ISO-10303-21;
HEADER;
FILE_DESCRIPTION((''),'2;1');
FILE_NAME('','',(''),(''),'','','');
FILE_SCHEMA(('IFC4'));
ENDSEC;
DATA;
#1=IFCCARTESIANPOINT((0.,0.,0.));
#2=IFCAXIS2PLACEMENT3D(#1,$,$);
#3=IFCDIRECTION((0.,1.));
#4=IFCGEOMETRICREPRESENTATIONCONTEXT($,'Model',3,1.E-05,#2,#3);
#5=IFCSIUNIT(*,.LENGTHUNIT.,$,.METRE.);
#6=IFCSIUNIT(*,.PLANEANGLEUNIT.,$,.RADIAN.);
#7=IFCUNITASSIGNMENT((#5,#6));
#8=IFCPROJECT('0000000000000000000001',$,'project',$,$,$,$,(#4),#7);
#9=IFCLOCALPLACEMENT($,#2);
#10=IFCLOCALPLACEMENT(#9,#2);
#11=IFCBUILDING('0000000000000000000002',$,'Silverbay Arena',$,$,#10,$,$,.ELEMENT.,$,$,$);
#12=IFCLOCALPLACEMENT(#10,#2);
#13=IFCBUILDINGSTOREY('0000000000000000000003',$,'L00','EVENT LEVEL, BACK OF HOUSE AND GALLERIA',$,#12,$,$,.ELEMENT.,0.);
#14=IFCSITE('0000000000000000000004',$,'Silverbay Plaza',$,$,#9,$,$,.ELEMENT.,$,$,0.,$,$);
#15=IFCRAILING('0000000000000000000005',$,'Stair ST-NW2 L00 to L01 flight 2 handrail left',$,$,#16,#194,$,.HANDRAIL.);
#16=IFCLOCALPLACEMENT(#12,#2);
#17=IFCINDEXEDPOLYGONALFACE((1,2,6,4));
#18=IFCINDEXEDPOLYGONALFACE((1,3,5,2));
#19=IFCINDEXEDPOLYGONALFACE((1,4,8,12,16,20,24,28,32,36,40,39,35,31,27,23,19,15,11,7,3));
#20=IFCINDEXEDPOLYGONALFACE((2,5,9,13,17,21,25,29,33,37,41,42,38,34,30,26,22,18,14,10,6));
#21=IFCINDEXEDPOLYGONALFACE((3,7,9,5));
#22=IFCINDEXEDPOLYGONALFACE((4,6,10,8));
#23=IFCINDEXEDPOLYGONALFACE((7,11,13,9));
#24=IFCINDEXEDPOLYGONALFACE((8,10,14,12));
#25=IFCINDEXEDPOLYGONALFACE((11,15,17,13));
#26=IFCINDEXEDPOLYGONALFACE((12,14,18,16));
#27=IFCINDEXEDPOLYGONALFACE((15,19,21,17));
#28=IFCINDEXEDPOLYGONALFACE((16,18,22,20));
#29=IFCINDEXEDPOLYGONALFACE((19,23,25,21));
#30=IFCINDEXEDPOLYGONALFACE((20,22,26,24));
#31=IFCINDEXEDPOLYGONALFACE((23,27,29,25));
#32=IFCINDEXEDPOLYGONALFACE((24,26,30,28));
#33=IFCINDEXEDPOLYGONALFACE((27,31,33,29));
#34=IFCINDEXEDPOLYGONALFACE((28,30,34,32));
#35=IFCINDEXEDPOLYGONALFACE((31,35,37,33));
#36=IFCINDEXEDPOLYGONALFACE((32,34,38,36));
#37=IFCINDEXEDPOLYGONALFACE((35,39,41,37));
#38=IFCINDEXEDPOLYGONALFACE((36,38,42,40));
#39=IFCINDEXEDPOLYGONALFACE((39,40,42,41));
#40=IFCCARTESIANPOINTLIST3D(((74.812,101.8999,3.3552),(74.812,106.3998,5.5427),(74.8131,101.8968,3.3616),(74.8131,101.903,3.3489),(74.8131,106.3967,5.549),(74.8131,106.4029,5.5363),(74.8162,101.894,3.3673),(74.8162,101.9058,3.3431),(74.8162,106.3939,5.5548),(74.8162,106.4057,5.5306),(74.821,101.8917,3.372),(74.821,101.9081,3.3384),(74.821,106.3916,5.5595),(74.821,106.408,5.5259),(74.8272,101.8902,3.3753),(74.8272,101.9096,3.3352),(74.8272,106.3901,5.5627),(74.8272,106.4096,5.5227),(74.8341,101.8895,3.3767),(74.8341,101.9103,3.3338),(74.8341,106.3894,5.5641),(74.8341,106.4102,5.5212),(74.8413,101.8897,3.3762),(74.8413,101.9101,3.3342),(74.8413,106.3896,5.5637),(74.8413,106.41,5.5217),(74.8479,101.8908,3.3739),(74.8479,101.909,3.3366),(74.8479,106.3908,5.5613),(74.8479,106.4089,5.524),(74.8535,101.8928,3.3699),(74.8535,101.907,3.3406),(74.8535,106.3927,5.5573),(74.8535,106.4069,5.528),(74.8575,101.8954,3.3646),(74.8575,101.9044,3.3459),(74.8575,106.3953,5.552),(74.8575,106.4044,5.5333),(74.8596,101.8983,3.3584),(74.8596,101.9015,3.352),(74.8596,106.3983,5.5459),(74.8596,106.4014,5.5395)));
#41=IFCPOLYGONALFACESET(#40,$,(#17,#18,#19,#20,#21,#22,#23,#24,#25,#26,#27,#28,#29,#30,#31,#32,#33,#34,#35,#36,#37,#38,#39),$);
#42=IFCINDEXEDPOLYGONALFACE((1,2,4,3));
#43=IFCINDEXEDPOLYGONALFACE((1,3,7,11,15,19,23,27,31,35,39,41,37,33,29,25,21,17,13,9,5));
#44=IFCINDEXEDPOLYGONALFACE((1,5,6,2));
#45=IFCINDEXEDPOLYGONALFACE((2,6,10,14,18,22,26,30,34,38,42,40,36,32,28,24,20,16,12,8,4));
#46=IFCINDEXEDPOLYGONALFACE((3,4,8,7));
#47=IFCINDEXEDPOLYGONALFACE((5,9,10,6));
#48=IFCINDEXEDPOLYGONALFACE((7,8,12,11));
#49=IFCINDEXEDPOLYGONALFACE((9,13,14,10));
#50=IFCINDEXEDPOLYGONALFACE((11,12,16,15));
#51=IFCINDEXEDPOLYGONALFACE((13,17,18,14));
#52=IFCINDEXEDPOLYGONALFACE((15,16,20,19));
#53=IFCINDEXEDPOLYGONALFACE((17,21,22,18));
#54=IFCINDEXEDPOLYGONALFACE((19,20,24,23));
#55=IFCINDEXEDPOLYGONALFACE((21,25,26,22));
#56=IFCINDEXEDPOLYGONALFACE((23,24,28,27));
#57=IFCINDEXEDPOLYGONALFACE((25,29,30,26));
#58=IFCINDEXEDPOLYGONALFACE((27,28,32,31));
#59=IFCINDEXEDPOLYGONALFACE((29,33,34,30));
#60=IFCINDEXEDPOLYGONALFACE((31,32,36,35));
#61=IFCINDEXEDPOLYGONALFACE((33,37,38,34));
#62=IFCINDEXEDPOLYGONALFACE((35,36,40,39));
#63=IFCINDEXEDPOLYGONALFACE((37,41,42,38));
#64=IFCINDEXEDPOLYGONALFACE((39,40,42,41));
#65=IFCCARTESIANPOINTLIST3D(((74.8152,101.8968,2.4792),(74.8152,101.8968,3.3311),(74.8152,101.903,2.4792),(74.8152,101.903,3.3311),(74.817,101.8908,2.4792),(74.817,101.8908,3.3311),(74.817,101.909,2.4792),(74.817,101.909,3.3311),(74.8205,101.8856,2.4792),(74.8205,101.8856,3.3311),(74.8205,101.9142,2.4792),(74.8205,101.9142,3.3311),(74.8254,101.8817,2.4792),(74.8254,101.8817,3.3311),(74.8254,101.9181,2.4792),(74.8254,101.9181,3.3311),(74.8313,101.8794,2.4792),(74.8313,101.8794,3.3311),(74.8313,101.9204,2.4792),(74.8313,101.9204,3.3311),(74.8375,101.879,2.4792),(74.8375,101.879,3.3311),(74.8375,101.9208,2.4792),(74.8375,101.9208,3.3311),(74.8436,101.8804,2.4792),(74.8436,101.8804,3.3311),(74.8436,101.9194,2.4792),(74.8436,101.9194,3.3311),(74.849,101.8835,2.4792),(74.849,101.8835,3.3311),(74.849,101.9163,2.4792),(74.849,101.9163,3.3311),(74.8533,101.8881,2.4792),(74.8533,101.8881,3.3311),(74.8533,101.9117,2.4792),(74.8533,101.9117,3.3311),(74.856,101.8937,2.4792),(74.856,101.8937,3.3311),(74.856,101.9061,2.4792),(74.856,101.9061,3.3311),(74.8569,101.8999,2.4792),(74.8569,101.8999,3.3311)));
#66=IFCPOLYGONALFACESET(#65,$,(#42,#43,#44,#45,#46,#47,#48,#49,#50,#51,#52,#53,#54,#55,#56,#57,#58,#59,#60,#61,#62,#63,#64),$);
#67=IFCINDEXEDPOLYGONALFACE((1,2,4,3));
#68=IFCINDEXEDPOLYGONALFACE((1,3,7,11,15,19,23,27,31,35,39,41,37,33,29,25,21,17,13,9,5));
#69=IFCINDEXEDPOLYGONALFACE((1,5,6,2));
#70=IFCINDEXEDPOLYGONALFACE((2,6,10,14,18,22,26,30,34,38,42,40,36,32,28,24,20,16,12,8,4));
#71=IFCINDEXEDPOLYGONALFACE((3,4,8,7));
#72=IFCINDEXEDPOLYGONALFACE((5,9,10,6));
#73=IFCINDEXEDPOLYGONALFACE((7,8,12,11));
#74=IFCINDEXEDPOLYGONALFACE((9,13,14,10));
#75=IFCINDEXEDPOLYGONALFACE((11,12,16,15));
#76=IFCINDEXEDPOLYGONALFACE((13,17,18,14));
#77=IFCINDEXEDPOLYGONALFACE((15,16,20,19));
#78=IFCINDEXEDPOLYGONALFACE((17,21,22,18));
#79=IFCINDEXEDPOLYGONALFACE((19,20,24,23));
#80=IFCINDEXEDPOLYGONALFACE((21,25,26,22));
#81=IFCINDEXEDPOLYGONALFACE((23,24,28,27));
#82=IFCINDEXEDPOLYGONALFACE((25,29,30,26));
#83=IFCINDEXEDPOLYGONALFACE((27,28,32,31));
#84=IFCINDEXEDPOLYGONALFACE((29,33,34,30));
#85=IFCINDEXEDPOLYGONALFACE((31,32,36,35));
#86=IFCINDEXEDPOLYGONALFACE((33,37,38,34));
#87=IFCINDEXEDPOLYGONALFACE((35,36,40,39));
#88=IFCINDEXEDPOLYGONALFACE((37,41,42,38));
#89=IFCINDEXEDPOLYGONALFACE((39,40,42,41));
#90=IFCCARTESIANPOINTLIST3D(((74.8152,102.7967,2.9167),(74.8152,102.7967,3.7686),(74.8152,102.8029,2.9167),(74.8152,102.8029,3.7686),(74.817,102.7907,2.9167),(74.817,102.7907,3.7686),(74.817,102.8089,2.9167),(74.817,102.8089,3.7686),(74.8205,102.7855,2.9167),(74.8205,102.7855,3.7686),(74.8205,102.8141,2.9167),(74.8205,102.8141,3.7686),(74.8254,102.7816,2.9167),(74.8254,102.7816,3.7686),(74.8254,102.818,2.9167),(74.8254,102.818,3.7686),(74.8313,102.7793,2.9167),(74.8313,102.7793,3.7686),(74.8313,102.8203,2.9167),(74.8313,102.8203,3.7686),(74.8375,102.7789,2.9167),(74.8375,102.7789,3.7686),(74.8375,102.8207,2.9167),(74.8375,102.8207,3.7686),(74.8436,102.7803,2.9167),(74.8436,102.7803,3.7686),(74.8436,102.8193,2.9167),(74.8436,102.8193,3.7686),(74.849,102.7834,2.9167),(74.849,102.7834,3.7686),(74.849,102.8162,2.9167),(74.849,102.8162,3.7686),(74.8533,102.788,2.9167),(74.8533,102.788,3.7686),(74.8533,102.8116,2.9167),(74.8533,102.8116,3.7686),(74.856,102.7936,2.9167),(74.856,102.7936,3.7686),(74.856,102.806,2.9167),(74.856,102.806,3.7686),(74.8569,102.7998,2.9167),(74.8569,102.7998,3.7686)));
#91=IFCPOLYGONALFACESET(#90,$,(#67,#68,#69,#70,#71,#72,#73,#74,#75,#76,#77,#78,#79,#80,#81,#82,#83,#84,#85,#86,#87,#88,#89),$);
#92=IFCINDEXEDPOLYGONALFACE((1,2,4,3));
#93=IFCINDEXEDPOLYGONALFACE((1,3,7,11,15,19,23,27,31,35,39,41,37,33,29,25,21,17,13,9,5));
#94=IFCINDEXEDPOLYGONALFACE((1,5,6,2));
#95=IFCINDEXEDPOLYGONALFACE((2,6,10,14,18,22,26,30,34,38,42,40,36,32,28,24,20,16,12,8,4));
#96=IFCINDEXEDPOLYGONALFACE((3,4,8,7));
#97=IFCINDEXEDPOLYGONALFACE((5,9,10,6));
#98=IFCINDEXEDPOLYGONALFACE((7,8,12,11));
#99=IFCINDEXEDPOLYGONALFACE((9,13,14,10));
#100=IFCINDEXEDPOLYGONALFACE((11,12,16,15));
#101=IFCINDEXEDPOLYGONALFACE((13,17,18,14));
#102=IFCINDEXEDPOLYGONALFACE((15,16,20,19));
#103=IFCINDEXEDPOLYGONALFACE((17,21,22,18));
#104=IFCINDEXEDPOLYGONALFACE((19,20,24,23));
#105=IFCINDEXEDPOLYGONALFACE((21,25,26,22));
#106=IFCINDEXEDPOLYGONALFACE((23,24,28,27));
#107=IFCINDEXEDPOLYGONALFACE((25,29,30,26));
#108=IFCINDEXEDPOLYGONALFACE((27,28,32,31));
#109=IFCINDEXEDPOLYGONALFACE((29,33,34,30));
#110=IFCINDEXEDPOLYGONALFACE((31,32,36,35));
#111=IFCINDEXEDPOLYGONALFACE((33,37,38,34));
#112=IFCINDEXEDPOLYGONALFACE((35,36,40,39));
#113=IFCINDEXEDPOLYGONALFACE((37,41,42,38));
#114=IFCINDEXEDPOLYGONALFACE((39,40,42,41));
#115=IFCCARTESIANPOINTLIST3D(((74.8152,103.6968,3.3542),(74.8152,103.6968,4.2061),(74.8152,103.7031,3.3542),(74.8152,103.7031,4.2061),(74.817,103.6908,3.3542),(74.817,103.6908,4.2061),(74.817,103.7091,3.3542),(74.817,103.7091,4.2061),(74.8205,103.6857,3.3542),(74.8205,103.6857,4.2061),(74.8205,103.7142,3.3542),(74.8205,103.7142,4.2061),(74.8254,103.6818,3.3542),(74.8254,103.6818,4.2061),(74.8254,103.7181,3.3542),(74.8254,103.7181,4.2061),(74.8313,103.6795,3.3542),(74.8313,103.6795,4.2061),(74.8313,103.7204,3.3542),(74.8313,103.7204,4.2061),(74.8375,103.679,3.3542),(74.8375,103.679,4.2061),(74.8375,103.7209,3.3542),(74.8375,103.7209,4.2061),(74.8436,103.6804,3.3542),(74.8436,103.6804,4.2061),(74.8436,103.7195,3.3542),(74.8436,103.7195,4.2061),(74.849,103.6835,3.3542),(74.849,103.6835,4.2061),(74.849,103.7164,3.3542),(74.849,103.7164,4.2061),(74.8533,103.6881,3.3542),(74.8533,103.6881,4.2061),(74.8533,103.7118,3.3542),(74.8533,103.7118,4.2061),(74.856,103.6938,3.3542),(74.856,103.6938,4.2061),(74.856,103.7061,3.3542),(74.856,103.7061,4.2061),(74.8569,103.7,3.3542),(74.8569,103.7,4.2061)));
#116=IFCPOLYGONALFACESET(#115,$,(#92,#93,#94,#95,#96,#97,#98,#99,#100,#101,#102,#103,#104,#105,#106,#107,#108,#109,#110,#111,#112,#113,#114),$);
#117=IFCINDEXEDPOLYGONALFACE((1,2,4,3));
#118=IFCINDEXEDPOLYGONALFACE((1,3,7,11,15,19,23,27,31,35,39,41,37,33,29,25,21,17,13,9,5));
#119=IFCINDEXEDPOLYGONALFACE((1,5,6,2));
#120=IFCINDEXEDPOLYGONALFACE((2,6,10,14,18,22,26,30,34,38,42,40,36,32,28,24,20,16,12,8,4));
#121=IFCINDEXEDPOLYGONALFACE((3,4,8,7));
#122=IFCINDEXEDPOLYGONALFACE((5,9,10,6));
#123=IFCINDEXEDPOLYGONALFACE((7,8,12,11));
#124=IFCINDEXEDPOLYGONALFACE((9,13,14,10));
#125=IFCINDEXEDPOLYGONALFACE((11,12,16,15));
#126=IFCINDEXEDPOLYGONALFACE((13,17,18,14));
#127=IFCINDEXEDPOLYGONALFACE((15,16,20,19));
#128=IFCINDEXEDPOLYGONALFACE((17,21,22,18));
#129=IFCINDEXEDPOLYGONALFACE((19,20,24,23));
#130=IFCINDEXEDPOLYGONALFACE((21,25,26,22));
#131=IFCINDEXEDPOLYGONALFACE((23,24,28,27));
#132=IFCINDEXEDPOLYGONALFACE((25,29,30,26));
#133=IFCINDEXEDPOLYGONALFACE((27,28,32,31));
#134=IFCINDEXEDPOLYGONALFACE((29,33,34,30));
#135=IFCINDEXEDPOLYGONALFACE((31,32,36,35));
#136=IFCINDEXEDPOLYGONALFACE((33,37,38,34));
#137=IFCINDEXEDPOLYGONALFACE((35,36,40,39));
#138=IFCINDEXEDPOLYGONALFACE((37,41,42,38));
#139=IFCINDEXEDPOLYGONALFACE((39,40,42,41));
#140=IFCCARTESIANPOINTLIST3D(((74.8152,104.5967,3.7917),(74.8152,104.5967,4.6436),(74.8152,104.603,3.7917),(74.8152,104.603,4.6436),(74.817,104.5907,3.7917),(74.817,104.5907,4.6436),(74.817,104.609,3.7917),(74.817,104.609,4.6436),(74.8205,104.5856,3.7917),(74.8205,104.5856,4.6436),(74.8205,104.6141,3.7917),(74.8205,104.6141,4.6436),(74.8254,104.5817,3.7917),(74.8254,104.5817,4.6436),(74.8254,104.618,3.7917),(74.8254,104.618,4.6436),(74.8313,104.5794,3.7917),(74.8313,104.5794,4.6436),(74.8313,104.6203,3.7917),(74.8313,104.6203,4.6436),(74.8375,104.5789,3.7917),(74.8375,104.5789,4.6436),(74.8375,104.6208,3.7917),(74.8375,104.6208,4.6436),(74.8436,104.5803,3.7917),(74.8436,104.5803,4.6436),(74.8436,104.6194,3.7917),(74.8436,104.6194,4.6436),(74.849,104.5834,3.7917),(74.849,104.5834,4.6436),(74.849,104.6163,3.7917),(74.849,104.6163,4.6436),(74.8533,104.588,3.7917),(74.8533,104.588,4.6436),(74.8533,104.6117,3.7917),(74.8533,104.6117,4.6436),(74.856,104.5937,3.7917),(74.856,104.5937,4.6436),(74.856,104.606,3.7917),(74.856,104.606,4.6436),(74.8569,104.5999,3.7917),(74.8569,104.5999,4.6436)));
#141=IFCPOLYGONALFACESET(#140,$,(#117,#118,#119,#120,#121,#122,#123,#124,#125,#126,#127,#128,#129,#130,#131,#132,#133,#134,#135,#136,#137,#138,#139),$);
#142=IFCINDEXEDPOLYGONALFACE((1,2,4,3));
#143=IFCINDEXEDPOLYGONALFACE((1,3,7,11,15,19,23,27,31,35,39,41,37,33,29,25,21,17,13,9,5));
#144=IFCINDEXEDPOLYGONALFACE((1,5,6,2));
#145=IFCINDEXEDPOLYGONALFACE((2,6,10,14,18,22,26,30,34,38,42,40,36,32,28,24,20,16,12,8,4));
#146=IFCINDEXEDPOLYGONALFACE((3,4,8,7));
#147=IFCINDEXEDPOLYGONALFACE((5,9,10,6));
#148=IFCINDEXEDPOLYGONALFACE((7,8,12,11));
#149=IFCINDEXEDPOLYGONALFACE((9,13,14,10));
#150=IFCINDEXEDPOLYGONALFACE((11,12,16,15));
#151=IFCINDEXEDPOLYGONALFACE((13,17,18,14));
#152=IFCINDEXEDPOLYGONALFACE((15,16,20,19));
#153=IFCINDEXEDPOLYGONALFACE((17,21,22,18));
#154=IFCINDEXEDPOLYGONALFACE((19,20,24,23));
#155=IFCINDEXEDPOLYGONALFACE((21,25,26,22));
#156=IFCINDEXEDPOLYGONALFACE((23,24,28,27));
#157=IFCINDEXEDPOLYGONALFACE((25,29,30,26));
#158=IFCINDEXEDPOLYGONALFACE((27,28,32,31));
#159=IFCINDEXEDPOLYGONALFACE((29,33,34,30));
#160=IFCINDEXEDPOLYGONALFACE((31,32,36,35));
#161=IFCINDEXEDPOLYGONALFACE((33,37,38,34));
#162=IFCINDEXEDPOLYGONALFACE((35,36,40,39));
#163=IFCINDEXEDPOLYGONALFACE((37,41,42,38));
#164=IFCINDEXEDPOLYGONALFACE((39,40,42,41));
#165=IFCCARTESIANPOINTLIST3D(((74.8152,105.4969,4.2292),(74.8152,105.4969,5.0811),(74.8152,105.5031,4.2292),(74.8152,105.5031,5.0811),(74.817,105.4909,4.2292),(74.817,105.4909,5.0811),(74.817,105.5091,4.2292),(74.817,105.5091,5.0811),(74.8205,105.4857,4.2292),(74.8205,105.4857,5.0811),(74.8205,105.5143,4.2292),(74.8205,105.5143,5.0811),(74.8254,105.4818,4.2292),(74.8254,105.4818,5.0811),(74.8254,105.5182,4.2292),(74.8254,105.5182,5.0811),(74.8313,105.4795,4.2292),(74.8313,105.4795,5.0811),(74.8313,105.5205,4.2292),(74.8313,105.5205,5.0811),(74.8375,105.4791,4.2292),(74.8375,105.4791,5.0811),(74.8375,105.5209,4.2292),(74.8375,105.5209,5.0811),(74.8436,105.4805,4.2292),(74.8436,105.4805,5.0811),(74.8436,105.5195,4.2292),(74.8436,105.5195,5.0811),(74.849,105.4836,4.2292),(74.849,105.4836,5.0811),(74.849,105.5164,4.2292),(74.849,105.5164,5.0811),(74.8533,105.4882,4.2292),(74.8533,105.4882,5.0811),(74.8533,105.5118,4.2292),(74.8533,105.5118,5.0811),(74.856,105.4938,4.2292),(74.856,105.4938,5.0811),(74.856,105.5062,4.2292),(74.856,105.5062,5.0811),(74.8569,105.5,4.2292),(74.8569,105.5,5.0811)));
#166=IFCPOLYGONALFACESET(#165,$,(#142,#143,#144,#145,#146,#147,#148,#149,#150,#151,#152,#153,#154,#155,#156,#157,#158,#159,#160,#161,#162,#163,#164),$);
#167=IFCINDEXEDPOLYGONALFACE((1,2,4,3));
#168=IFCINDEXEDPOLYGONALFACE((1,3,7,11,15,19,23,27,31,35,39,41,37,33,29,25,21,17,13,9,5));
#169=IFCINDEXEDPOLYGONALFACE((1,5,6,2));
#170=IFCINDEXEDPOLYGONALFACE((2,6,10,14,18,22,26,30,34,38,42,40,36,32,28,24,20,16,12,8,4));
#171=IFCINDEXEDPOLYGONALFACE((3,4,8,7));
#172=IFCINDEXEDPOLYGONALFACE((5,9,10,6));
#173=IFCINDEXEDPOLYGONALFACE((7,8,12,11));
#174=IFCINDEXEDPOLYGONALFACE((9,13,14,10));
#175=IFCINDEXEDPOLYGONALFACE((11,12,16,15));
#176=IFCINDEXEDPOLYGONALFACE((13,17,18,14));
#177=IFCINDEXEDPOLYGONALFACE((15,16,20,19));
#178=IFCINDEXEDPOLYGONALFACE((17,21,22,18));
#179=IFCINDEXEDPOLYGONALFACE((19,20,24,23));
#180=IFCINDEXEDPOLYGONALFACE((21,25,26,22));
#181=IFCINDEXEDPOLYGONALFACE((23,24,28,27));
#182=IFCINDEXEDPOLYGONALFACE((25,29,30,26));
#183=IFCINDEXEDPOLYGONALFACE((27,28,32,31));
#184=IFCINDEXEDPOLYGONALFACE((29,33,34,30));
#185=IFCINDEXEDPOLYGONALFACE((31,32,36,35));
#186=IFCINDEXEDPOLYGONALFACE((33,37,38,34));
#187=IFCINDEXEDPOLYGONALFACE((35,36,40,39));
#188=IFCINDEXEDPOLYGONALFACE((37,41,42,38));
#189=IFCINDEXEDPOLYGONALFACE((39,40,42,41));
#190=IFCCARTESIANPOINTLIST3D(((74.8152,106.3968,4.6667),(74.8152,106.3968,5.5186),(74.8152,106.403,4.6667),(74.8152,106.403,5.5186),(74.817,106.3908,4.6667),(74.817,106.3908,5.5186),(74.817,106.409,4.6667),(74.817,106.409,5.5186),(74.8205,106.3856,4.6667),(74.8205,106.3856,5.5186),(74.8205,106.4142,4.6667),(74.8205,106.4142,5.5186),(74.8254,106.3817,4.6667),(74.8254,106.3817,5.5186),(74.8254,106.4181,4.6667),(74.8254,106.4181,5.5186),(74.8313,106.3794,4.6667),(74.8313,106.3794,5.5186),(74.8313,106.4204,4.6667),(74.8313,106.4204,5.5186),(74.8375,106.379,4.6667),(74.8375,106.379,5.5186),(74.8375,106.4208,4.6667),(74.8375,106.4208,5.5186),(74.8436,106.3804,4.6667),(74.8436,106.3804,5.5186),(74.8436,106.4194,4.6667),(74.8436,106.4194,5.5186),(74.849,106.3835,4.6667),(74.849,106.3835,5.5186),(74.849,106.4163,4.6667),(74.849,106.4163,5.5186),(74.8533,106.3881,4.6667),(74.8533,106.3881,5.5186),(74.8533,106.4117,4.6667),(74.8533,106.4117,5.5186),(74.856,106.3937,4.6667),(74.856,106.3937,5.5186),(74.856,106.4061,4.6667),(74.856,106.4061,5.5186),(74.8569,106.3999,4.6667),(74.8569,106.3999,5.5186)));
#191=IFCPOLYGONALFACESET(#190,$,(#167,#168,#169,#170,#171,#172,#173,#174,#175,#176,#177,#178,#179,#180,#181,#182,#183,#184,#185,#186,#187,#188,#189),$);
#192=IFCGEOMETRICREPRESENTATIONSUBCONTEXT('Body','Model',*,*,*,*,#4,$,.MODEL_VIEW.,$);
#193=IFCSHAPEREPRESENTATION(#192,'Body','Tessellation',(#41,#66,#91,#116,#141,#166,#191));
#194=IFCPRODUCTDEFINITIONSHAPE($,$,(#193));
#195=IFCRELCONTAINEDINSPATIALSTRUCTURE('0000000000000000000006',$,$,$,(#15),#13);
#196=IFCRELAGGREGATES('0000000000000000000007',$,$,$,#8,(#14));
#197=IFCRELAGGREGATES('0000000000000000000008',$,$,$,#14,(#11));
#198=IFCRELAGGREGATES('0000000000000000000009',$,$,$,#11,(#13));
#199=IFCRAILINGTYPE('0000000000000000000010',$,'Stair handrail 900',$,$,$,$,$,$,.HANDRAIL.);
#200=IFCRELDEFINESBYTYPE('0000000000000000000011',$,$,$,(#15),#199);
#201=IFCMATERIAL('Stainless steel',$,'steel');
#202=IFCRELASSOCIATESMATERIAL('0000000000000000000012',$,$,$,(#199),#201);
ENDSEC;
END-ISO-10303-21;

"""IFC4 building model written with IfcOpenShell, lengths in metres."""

from ifc_helpers import new_model, si_unit, direction, frame, origin, origin_2d, place, context, subcontext, project, spatial, circle, extrude, material, type_object, element, save


model = new_model("IFC4")

# Units and contexts
model_context = context("Model", 3, precision=1e-05, world=origin(), true_north=direction((0.0, 1.0)))
body_context = subcontext(model_context, "Body", "Model", "MODEL_VIEW")
ifc_project = project(units=[si_unit("LENGTHUNIT", "METRE"), si_unit("PLANEANGLEUNIT", "RADIAN")], contexts=[model_context])

# Site, building, storey
site_placement = place(None, origin())
site = spatial("IfcSite", under=ifc_project, at=site_placement, Name="Silverbay Plaza", CompositionType="ELEMENT", RefElevation=0.0)
building_placement = place(site_placement, origin())
building = spatial("IfcBuilding", under=site, at=building_placement, Name="Silverbay Arena", CompositionType="ELEMENT")
storey_placement = place(building_placement, origin())
storey = spatial("IfcBuildingStorey", under=building, at=storey_placement, Name="L00", Description="EVENT LEVEL, BACK OF HOUSE AND GALLERIA", CompositionType="ELEMENT", Elevation=0.0)

# Railing
ifc_material_1 = material(Name="Stainless steel", Category="steel")
railing_type_1 = type_object("IfcRailingType", Name="Stair handrail 900", PredefinedType="HANDRAIL", material=ifc_material_1)
for number, where, name in (
    (1, (74.8359, 101.8999, 2.4792), "Stair ST-NW2 L00 to L01 flight 2 handrail left"),
):
    element("IfcRailing", number, at=place(storey_placement, frame(where)), inside=storey, type_object=railing_type_1, Name=name, PredefinedType="HANDRAIL", context=body_context, shape_type="SweptSolid", body=[
        extrude(circle(Radius=0.0239, at=origin_2d()), frame((0.0, 0.0, 0.876), z_axis=(0.0, 0.899368, 0.437193), x_axis=(-1.0, 0.0, 0.0)), (0.0, 0.0, 1.0), 5.0034),
        extrude(circle(Radius=0.021, at=origin_2d()), origin(), (0.0, 0.0, 1.0), 0.8518),
        extrude(circle(Radius=0.021, at=origin_2d()), frame((0.0, 0.8999, 0.4375)), (0.0, 0.0, 1.0), 0.8518),
        extrude(circle(Radius=0.021, at=origin_2d()), frame((0.0, 1.8, 0.875)), (0.0, 0.0, 1.0), 0.8518),
        extrude(circle(Radius=0.021, at=origin_2d()), frame((0.0, 2.7, 1.3125)), (0.0, 0.0, 1.0), 0.8518),
        extrude(circle(Radius=0.021, at=origin_2d()), frame((0.0, 3.6001, 1.75)), (0.0, 0.0, 1.0), 0.8518),
        extrude(circle(Radius=0.021, at=origin_2d()), frame((0.0, 4.5, 2.1875)), (0.0, 0.0, 1.0), 0.8518),
    ])

save(model, "model.ifc")
